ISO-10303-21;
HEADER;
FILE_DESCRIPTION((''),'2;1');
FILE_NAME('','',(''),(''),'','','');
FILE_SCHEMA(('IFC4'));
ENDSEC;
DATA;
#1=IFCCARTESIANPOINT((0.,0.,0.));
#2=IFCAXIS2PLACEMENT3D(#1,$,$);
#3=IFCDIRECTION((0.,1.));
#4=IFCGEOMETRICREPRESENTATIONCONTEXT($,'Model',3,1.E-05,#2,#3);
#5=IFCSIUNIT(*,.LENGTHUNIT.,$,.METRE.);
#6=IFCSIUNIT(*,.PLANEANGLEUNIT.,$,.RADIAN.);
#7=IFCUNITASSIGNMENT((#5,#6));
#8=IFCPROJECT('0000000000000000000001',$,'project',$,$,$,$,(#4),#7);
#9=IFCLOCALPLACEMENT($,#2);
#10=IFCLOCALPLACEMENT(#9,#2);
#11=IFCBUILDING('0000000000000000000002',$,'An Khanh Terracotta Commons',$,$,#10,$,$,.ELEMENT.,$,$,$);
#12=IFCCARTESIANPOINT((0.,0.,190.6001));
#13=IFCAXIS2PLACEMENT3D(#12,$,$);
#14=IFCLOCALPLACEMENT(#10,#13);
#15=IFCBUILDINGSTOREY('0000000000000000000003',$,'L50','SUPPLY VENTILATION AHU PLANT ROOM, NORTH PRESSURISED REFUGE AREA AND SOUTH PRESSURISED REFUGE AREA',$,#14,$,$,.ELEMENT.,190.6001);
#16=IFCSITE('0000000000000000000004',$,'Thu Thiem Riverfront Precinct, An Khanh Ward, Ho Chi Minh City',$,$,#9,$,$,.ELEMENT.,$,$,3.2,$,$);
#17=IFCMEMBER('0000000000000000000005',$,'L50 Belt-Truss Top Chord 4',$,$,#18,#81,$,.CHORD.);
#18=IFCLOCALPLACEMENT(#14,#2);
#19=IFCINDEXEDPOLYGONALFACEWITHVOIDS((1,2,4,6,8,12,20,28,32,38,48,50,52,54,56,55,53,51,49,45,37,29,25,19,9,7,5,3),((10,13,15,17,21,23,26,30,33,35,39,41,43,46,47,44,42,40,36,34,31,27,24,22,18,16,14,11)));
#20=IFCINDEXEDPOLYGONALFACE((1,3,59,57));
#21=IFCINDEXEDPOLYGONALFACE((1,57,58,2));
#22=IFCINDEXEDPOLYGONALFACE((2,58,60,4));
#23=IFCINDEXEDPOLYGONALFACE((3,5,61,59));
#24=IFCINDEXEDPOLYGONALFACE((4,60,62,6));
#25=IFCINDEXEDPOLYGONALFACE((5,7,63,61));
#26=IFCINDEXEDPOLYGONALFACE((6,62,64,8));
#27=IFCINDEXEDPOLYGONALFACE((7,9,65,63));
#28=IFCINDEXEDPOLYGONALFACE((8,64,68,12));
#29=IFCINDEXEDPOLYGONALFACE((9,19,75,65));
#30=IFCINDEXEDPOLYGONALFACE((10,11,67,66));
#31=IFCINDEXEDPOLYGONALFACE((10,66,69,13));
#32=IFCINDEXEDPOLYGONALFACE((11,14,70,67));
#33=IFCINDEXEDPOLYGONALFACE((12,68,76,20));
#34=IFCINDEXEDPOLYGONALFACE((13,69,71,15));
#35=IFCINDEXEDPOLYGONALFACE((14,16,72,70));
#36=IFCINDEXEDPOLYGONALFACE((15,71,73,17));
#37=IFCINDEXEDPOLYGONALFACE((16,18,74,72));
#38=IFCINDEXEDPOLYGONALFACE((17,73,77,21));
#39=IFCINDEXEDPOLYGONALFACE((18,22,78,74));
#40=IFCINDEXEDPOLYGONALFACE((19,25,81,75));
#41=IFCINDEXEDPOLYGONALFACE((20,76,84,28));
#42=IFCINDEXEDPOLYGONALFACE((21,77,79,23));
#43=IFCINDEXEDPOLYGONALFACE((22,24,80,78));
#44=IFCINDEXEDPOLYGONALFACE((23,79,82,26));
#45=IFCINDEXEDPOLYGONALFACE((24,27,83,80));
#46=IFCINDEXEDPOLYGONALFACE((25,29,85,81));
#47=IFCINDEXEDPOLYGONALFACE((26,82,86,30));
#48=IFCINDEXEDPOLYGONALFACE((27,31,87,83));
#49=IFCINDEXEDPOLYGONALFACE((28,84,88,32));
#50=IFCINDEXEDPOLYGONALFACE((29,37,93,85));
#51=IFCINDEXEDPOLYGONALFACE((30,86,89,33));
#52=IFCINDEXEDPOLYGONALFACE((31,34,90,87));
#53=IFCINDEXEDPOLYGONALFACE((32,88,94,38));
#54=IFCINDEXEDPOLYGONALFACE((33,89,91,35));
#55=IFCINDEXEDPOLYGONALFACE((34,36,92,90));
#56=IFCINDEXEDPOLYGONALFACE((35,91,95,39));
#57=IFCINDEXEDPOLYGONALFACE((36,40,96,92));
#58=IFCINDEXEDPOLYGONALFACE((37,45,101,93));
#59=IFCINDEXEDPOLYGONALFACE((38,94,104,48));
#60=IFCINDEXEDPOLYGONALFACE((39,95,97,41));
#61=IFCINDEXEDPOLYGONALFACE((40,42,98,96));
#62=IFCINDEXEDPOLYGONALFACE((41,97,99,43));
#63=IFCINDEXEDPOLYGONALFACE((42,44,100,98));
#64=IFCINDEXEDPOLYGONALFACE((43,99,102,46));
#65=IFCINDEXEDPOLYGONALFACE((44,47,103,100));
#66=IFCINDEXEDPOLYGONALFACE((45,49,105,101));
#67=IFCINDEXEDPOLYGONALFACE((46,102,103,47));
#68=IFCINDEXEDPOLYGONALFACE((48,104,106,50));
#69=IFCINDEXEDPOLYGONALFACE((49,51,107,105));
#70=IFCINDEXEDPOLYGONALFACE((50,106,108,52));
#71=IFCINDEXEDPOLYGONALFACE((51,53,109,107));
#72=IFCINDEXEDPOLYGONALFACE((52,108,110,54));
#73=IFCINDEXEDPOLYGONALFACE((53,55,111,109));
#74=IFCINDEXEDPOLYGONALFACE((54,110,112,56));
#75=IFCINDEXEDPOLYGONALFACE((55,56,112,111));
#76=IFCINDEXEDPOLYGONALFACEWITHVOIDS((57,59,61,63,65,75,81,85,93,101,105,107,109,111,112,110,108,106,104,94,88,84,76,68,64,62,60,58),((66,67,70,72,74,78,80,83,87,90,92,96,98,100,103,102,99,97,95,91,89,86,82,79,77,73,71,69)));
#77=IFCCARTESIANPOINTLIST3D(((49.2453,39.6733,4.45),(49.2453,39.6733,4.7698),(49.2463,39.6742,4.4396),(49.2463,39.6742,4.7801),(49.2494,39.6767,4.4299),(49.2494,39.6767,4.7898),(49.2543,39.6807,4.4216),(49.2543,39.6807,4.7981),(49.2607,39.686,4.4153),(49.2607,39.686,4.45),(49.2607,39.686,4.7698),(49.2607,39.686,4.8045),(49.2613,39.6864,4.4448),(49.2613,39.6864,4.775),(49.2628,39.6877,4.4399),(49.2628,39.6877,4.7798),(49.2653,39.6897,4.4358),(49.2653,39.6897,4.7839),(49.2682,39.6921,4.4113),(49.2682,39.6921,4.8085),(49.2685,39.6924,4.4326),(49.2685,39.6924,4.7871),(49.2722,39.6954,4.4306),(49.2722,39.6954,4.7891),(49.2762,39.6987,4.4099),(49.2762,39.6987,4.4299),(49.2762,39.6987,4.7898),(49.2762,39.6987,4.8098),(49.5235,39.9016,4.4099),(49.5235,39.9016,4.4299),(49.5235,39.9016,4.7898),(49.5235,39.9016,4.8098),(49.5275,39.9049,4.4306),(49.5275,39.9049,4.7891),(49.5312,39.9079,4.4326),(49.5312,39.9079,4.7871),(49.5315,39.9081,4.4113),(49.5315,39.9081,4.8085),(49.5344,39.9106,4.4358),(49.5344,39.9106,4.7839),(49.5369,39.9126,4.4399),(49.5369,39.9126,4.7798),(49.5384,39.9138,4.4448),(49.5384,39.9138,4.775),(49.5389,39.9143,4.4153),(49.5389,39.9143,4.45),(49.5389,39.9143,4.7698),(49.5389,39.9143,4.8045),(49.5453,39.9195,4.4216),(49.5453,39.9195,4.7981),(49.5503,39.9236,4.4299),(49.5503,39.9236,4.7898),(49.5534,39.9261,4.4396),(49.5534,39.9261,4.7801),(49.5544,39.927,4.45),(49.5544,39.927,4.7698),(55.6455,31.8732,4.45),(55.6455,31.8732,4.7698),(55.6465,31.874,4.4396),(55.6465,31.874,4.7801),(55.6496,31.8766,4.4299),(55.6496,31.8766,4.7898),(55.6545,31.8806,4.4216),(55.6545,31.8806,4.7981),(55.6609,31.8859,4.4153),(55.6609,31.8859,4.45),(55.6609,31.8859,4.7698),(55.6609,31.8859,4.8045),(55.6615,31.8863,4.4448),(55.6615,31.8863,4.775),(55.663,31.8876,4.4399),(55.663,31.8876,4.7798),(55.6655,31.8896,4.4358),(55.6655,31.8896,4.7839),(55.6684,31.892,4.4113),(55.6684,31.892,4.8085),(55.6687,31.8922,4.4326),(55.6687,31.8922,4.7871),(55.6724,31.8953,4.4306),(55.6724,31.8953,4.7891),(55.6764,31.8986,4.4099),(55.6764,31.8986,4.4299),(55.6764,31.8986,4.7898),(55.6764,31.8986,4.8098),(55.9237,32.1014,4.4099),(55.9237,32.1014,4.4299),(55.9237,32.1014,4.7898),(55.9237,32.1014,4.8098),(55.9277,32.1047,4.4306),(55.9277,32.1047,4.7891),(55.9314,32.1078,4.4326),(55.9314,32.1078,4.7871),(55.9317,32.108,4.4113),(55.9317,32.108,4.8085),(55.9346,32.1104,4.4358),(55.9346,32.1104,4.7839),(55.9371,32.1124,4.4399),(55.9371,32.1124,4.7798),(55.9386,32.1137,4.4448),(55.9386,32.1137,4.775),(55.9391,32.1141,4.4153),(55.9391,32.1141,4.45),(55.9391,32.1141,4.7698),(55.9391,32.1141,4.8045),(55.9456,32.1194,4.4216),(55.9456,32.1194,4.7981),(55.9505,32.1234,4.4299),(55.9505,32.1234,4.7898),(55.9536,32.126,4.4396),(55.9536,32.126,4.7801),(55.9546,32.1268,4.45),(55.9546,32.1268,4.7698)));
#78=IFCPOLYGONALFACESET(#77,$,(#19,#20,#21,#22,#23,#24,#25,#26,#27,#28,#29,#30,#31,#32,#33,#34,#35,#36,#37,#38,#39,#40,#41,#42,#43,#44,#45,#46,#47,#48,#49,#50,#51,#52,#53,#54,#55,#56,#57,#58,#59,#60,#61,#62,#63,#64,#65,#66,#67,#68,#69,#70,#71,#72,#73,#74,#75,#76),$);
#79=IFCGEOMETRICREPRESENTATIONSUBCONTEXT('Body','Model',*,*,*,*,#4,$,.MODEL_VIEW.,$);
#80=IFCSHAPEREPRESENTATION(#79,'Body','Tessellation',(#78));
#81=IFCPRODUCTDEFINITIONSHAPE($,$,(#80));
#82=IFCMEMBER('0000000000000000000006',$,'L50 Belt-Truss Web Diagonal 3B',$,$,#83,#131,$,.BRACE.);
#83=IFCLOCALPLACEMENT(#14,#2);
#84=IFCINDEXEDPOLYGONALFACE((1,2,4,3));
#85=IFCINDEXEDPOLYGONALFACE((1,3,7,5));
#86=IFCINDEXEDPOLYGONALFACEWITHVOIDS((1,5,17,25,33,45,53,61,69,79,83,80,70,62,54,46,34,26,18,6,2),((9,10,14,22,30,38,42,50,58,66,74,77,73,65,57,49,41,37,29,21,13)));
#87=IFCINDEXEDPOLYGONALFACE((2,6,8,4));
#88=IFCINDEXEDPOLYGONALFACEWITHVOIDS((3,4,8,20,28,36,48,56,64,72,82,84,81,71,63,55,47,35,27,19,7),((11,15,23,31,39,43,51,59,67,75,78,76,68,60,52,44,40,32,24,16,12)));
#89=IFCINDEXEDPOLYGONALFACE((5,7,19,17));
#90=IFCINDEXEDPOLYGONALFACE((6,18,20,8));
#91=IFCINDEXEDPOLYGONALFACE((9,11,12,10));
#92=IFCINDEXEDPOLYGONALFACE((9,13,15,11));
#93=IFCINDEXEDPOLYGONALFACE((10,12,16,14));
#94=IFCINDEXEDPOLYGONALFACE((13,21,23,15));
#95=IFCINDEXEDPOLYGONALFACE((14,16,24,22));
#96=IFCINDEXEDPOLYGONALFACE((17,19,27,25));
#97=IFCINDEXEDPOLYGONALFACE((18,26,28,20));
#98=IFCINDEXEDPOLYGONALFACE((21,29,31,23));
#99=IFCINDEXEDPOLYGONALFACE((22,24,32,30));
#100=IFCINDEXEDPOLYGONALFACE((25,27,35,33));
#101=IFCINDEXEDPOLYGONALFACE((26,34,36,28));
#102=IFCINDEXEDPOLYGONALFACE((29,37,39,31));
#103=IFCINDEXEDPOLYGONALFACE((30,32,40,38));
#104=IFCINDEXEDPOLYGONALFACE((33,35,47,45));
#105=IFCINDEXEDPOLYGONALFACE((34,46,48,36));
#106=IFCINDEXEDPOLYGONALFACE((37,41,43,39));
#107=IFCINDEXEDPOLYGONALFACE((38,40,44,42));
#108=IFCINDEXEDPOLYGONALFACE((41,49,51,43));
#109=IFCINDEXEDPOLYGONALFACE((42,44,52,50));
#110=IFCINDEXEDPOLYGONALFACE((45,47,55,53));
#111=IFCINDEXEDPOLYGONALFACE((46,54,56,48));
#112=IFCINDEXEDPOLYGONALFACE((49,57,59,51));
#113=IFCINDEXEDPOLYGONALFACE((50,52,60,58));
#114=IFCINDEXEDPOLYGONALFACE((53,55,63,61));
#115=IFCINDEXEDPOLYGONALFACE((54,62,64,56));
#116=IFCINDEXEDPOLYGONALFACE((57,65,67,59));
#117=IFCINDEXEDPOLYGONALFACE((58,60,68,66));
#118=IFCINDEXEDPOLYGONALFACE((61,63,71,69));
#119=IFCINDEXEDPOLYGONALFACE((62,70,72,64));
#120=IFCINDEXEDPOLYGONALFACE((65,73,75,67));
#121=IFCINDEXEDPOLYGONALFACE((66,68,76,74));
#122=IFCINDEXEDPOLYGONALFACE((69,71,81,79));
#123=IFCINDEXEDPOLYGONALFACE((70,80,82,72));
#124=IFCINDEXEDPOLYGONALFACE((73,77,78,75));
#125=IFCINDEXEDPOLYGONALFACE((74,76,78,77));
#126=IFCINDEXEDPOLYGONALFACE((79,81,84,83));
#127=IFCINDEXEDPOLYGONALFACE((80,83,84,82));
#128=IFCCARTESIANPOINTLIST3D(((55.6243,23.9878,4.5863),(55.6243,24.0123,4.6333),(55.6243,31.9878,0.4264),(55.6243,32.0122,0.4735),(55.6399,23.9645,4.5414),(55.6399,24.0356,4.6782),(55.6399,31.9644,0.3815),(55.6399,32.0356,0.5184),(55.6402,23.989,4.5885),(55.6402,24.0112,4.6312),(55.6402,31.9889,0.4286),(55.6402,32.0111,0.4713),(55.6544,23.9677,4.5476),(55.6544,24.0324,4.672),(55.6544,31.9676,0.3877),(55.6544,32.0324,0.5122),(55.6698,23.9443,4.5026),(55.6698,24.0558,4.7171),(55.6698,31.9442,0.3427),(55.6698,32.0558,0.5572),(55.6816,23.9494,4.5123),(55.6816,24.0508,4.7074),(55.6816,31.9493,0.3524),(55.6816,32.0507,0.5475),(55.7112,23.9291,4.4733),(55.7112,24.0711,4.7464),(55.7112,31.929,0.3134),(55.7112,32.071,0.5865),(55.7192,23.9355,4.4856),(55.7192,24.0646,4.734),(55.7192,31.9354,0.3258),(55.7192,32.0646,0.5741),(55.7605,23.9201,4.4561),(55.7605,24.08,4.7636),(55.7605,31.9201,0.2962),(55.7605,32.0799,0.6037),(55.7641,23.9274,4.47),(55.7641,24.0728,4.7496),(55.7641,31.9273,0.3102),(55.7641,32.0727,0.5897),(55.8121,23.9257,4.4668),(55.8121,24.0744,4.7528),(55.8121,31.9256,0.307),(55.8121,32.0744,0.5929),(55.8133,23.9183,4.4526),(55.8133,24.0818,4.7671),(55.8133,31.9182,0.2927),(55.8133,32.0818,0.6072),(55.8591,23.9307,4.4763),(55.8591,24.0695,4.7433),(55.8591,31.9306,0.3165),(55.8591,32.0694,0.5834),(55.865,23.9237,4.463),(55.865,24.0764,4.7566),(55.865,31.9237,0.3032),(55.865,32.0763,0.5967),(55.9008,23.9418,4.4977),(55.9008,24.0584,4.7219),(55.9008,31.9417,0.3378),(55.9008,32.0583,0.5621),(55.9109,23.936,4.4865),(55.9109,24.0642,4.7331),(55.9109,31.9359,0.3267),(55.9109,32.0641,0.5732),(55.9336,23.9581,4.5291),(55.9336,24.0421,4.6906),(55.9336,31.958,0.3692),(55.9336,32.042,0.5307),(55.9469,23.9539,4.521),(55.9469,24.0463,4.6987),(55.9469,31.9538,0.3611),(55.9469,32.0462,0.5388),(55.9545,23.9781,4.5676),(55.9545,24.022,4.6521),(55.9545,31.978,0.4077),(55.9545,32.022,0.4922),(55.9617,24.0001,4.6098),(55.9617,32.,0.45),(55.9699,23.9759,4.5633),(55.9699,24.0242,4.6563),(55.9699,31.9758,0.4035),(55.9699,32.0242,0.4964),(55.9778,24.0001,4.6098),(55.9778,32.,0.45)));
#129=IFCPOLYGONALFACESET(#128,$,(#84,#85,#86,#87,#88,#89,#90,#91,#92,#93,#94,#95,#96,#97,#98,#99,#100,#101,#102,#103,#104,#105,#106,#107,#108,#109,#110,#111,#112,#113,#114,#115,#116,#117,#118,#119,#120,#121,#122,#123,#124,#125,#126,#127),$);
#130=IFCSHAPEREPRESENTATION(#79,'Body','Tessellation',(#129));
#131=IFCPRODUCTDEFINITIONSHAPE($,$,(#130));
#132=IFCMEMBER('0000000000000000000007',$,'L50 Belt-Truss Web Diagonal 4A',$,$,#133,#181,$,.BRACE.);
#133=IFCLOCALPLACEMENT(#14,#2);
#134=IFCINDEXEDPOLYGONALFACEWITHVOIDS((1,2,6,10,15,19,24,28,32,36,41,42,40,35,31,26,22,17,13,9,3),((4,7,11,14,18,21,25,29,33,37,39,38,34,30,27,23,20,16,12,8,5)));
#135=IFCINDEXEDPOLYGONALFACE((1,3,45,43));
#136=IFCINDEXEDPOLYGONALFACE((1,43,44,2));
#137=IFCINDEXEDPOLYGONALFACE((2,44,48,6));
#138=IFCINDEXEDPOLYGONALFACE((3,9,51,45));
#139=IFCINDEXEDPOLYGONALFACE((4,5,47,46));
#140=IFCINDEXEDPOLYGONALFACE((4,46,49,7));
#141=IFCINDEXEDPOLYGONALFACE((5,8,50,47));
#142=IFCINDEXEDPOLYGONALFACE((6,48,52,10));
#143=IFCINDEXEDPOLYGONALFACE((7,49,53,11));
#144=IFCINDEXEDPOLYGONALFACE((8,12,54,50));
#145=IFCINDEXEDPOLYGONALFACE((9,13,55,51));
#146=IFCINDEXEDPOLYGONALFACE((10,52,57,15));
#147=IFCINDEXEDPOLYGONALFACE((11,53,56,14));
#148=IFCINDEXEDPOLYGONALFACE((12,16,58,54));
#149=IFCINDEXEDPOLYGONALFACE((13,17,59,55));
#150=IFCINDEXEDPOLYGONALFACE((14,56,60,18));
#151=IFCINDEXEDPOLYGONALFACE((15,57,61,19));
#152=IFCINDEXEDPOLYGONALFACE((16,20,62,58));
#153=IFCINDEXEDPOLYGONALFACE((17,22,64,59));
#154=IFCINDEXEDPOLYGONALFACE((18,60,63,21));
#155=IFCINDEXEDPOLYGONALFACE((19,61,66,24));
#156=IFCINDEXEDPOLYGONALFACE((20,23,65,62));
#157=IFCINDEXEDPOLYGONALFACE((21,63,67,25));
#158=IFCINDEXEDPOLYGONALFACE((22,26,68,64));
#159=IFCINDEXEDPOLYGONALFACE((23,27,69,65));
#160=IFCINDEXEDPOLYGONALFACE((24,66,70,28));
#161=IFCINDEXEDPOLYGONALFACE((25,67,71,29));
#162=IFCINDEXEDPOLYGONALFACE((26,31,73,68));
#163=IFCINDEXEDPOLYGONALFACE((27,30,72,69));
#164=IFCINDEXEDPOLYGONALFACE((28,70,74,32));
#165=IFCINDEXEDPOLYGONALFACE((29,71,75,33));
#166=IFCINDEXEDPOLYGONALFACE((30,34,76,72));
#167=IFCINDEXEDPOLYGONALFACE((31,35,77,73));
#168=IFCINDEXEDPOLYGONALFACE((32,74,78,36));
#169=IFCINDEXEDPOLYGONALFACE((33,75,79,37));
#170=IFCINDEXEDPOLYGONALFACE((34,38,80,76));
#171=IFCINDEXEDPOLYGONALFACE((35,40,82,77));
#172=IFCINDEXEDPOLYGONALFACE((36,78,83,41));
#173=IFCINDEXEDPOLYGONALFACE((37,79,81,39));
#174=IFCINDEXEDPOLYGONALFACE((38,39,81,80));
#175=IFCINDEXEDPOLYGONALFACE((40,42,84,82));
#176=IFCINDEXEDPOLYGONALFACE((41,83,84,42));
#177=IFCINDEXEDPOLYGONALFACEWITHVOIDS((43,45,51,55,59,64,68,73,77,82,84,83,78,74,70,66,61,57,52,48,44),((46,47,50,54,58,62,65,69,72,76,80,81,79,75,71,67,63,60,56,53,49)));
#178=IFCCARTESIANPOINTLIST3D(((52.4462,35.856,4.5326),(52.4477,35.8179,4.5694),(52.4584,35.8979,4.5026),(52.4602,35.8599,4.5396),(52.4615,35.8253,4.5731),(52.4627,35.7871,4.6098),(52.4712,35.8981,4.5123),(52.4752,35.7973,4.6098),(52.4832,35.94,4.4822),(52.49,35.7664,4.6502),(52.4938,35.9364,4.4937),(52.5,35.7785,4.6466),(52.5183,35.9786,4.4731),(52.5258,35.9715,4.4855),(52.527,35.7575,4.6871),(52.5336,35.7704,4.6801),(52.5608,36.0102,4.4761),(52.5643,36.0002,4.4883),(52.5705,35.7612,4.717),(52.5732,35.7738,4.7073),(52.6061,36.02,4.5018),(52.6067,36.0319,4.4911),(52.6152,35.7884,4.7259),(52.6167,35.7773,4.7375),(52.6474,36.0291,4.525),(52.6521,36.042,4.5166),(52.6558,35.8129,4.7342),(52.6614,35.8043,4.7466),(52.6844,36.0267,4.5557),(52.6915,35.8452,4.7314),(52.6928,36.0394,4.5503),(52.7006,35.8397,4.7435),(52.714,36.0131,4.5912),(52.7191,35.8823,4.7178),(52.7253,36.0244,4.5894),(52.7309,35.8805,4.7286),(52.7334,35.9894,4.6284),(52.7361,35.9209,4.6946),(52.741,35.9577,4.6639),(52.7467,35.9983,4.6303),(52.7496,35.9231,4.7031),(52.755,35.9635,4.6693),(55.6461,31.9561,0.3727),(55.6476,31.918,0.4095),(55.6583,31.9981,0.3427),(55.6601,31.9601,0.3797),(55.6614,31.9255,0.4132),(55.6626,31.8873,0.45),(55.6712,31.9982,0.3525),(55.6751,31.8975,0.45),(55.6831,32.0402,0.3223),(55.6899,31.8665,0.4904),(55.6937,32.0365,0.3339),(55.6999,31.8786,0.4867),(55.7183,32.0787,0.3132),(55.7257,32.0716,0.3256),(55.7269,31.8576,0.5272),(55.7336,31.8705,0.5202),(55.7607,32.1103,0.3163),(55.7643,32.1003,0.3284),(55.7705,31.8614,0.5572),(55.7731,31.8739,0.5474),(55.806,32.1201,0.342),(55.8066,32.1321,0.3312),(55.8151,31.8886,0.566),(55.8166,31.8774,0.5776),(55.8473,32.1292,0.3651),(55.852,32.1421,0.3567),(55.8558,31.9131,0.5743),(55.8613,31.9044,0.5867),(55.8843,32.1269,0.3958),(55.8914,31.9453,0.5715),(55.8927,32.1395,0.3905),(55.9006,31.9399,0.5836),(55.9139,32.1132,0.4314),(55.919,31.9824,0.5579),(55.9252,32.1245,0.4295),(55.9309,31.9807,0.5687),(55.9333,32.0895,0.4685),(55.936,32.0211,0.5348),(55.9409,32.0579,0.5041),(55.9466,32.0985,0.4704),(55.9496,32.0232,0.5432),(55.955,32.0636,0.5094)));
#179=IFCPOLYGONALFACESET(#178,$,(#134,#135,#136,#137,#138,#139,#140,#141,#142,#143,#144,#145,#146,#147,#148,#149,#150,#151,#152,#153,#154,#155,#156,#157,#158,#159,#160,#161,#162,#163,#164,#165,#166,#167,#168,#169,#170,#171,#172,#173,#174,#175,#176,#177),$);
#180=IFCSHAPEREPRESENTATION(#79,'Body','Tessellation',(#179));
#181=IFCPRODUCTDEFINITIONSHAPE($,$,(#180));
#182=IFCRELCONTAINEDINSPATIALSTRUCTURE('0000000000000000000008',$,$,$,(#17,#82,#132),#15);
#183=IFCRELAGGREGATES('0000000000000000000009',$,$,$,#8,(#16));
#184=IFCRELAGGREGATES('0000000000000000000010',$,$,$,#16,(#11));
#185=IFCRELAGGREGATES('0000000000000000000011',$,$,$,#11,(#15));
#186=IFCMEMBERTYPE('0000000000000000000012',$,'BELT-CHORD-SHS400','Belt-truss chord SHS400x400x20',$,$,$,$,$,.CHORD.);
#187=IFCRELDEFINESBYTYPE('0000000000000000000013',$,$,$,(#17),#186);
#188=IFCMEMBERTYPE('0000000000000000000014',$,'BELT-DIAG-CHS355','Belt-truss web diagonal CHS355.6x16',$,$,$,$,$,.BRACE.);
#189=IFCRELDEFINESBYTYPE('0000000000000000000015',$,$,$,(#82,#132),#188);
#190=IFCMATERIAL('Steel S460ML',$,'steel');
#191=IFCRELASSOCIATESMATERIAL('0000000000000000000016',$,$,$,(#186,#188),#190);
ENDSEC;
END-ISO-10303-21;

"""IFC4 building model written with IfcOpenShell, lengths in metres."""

from ifc_helpers import new_model, si_unit, direction, frame, origin, origin_2d, place, context, subcontext, project, spatial, hollow_rectangle, hollow_circle, extrude, material, material_profile, profile_set, type_object, element, save


model = new_model("IFC4")

# Units and contexts
model_context = context("Model", 3, precision=1e-05, world=origin(), true_north=direction((0.0, 1.0)))
body_context = subcontext(model_context, "Body", "Model", "MODEL_VIEW")
ifc_project = project(units=[si_unit("LENGTHUNIT", "METRE"), si_unit("PLANEANGLEUNIT", "RADIAN")], contexts=[model_context])

# Site, building, storey
site_placement = place(None, origin())
site = spatial("IfcSite", under=ifc_project, at=site_placement, Name="Thu Thiem Riverfront Precinct, An Khanh Ward, Ho Chi Minh City", CompositionType="ELEMENT", RefElevation=3.2)
building_placement = place(site_placement, origin())
building = spatial("IfcBuilding", under=site, at=building_placement, Name="An Khanh Terracotta Commons", CompositionType="ELEMENT")
storey_placement = place(building_placement, frame((0.0, 0.0, 190.6001)))
storey = spatial("IfcBuildingStorey", under=building, at=storey_placement, Name="L50", Description="SUPPLY VENTILATION AHU PLANT ROOM, NORTH PRESSURISED REFUGE AREA AND SOUTH PRESSURISED REFUGE AREA", CompositionType="ELEMENT", Elevation=190.6001)

# Shared definitions
ifc_material_1 = material(Name="Steel S460ML", Category="steel")

# Members
ifc_material_profile_1 = material_profile(ifc_material_1, hollow_rectangle(XDim=0.3999, YDim=0.3999, WallThickness=0.02, InnerFilletRadius=0.02, OuterFilletRadius=0.04, at=origin_2d()), Name="SHS400x400x20")
ifc_profile_set_1 = profile_set([ifc_material_profile_1], Name="Steel S460ML")
member_type_1 = type_object("IfcMemberType", Name="BELT-CHORD-SHS400", Description="Belt-truss chord SHS400x400x20", PredefinedType="CHORD", material=ifc_profile_set_1)
for number, where, z_axis, x_axis, name in (
    (1, (55.8, 32.0, 4.6099), (-0.634323, 0.773068, 0.0), (-0.773068, -0.634323, 0.0), "L50 Belt-Truss Top Chord 4"),
):
    element("IfcMember", number, at=place(storey_placement, frame(where, z_axis=z_axis, x_axis=x_axis)), inside=storey, type_object=member_type_1, Name=name, PredefinedType="CHORD", context=body_context, shape_type="SweptSolid", body=[
        extrude(hollow_rectangle(XDim=0.3999, YDim=0.3999, WallThickness=0.02, InnerFilletRadius=0.02, OuterFilletRadius=0.04, at=origin_2d()), origin(), (0.0, 0.0, 1.0), 10.0898),
    ])
ifc_material_profile_2 = material_profile(ifc_material_1, hollow_circle(Radius=0.1777, WallThickness=0.0161, at=origin_2d()), Name="CHS355.6x16")
ifc_profile_set_2 = profile_set([ifc_material_profile_2], Name="Steel S460ML")
member_type_2 = type_object("IfcMemberType", Name="BELT-DIAG-CHS355", Description="Belt-truss web diagonal CHS355.6x16", PredefinedType="BRACE", material=ifc_profile_set_2)
member_1_placement = place(storey_placement, frame((55.8, 32.0, 0.45), z_axis=(0.0, -0.887221, 0.461345), x_axis=(1.0, 0.0, 0.0)))
element("IfcMember", 2, at=member_1_placement, inside=storey, type_object=member_type_2, Name="L50 Belt-Truss Web Diagonal 3B", PredefinedType="BRACE", context=body_context, shape_type="SweptSolid", body=[
    extrude(hollow_circle(Radius=0.1777, WallThickness=0.0161, at=origin_2d()), origin(), (0.0, 0.0, 1.0), 9.0168),
])
member_2_placement = place(storey_placement, frame((55.8, 32.0, 0.45), z_axis=(-0.489391, 0.59644, 0.636205), x_axis=(-0.77307, -0.63432, 0.0)))
element("IfcMember", 3, at=member_2_placement, inside=storey, type_object=member_type_2, Name="L50 Belt-Truss Web Diagonal 4A", PredefinedType="BRACE", context=body_context, shape_type="SweptSolid", body=[
    extrude(hollow_circle(Radius=0.1777, WallThickness=0.0161, at=origin_2d()), origin(), (0.0, 0.0, 1.0), 6.5386),
])

save(model, "model.ifc")
